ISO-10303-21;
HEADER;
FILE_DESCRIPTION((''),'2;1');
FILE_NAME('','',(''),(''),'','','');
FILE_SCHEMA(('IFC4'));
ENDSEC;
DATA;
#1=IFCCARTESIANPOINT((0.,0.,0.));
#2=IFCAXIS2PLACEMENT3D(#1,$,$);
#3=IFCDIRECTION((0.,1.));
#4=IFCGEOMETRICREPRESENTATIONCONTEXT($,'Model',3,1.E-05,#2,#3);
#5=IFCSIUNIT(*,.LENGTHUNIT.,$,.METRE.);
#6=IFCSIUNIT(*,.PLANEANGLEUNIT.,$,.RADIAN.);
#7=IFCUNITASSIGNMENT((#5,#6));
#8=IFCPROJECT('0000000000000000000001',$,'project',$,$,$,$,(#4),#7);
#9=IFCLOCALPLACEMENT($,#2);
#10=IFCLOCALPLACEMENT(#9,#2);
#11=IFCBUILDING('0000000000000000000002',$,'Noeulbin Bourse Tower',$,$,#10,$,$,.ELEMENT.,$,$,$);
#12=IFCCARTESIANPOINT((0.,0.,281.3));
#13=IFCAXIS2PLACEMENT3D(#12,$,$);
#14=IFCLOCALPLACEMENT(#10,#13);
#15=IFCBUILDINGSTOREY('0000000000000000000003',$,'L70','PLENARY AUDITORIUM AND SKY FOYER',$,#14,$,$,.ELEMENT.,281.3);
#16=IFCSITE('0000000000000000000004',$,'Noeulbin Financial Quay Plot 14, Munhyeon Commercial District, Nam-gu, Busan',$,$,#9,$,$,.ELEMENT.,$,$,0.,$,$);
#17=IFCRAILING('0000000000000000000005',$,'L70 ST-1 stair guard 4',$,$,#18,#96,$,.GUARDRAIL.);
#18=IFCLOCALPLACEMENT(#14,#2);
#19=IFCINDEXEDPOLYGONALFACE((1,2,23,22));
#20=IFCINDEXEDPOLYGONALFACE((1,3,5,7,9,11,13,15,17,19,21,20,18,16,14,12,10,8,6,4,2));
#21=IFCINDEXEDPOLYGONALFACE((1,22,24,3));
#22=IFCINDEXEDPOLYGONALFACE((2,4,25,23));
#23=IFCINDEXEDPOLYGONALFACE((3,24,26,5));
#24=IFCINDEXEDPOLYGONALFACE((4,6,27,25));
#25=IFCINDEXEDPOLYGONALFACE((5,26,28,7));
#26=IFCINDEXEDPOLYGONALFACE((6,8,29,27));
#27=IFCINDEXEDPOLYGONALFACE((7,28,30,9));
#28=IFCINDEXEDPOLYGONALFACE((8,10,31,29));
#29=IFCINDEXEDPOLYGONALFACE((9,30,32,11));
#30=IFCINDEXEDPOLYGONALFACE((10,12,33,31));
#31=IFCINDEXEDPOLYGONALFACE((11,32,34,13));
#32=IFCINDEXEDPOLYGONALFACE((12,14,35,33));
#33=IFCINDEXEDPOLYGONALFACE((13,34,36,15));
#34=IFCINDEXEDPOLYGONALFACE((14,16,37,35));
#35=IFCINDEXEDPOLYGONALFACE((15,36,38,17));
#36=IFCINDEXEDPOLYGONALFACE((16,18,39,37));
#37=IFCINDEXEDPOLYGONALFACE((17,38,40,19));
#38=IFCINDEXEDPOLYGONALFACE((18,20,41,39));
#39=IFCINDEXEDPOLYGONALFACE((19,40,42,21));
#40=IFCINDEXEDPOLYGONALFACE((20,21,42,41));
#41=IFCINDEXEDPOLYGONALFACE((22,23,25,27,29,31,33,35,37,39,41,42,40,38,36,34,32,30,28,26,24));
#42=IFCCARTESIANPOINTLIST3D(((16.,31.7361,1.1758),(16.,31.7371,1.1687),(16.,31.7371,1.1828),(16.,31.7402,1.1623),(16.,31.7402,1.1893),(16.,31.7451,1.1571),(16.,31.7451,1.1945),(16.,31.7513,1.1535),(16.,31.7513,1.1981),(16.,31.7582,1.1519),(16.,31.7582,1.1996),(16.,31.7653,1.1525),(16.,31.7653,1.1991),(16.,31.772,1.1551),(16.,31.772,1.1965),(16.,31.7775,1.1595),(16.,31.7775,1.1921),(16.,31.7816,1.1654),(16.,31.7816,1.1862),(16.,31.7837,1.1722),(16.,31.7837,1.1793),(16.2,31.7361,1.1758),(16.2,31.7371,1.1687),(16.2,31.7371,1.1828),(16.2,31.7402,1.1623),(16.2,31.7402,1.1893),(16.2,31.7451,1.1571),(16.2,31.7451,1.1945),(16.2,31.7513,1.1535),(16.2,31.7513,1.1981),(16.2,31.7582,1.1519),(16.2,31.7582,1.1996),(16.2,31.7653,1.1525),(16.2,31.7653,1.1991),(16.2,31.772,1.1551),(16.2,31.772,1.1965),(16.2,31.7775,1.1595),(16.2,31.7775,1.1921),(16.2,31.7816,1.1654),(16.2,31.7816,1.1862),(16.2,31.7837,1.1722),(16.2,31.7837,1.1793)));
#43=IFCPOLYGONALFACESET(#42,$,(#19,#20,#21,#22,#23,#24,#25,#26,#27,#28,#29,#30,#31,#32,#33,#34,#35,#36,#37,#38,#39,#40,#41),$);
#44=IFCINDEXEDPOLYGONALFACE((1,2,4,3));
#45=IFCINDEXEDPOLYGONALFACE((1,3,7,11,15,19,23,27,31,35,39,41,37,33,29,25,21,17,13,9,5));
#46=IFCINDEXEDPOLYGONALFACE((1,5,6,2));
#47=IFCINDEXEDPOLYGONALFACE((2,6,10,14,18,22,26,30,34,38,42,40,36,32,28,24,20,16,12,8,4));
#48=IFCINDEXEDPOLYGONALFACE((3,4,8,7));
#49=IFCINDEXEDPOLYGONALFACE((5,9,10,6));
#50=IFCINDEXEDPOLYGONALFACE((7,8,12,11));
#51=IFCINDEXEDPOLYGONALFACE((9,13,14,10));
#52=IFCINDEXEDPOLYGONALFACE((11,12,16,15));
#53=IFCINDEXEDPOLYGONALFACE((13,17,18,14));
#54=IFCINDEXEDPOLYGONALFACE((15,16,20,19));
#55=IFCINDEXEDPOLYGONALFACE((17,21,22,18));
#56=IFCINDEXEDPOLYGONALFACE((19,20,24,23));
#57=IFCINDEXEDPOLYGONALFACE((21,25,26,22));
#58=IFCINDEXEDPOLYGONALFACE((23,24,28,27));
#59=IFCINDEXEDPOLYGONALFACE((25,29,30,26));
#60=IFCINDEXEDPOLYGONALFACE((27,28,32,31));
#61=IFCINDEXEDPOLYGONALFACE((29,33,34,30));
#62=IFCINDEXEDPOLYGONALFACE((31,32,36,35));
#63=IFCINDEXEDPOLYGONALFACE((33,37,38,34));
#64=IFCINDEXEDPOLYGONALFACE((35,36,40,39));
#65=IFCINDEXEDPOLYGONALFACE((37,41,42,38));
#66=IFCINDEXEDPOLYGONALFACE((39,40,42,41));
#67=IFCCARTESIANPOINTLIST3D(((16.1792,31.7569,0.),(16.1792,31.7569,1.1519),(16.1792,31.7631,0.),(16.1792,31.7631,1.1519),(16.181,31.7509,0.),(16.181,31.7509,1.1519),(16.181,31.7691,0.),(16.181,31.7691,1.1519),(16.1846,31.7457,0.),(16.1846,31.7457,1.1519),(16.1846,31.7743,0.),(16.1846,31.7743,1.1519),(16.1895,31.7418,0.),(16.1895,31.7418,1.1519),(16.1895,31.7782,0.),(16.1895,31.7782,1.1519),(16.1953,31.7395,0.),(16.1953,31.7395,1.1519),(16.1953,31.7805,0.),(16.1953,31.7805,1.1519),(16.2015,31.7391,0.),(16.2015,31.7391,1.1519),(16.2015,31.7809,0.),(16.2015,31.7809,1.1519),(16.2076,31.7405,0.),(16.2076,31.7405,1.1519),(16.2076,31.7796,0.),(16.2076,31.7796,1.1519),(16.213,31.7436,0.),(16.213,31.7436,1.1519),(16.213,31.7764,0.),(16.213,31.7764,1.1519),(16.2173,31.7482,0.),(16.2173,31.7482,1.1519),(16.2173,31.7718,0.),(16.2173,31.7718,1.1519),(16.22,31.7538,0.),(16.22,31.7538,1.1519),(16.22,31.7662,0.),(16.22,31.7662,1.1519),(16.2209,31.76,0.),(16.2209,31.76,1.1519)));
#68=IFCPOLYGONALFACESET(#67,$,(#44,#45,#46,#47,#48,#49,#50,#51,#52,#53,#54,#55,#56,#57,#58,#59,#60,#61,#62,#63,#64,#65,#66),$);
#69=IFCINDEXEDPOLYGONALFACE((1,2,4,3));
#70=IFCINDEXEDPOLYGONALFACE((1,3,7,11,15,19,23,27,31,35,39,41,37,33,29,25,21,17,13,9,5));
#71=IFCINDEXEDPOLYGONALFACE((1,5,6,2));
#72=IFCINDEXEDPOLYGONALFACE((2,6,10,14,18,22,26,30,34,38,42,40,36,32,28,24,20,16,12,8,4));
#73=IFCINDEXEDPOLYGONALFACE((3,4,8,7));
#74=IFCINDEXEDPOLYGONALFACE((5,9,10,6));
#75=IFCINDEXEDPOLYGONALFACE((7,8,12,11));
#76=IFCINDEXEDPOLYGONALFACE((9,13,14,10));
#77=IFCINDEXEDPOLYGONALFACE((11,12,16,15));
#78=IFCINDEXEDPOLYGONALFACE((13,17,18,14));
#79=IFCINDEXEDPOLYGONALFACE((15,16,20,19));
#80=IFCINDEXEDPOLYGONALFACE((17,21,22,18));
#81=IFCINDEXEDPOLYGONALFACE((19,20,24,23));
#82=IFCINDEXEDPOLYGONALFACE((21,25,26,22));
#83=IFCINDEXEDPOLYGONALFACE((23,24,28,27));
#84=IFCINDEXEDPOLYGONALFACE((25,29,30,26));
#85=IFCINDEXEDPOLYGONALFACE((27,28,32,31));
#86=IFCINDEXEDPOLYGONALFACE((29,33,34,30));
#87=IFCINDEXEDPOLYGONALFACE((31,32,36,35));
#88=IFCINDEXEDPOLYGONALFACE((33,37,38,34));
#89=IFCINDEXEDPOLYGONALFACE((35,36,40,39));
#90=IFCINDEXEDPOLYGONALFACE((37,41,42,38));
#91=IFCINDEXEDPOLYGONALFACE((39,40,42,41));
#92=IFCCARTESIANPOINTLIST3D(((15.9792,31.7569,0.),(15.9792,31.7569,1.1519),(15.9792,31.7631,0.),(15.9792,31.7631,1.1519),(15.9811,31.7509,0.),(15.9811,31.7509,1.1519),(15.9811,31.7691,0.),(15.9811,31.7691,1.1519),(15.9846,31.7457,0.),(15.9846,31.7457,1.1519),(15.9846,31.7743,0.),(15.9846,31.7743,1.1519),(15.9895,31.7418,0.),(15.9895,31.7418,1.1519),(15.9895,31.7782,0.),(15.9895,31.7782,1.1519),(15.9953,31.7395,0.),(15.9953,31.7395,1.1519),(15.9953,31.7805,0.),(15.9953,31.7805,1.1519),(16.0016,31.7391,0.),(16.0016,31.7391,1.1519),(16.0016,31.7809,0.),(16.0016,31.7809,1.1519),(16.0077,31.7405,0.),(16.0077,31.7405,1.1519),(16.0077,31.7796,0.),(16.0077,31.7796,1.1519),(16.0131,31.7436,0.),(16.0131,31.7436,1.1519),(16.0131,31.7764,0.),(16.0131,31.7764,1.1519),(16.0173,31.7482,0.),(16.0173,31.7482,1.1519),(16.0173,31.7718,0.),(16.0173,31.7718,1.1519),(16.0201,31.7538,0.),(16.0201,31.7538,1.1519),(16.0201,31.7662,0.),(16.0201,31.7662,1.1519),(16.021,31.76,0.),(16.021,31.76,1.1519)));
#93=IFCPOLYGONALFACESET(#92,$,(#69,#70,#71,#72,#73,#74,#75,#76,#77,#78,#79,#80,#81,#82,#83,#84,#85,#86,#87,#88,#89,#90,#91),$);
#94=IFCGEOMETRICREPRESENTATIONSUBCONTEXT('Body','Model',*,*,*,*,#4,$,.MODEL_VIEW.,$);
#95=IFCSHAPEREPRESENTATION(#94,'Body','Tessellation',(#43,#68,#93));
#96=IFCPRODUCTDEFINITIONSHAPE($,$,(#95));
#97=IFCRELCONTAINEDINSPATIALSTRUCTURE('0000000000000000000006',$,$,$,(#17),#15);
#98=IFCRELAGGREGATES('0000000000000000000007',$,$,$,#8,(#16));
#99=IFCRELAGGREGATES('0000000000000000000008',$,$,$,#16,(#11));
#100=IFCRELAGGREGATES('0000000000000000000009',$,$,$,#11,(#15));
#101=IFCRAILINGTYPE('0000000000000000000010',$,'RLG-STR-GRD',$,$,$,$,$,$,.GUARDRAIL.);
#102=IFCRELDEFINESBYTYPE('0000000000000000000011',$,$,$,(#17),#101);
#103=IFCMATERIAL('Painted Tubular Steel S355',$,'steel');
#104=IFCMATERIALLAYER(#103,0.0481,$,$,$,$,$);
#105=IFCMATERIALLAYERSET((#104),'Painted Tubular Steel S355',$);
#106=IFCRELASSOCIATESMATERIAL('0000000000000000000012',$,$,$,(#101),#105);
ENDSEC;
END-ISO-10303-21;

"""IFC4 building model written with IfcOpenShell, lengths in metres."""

from ifc_helpers import new_model, si_unit, direction, frame, origin, origin_2d, place, context, subcontext, project, spatial, circle, extrude, material, layer, layer_set, type_object, element, save


model = new_model("IFC4")

# Units and contexts
model_context = context("Model", 3, precision=1e-05, world=origin(), true_north=direction((0.0, 1.0)))
body_context = subcontext(model_context, "Body", "Model", "MODEL_VIEW")
ifc_project = project(units=[si_unit("LENGTHUNIT", "METRE"), si_unit("PLANEANGLEUNIT", "RADIAN")], contexts=[model_context])

# Site, building, storey
site_placement = place(None, origin())
site = spatial("IfcSite", under=ifc_project, at=site_placement, Name="Noeulbin Financial Quay Plot 14, Munhyeon Commercial District, Nam-gu, Busan", CompositionType="ELEMENT", RefElevation=0.0)
building_placement = place(site_placement, origin())
building = spatial("IfcBuilding", under=site, at=building_placement, Name="Noeulbin Bourse Tower", CompositionType="ELEMENT")
storey_placement = place(building_placement, frame((0.0, 0.0, 281.3)))
storey = spatial("IfcBuildingStorey", under=building, at=storey_placement, Name="L70", Description="PLENARY AUDITORIUM AND SKY FOYER", CompositionType="ELEMENT", Elevation=281.3)

# Railing
ifc_material_1 = material(Name="Painted Tubular Steel S355", Category="steel")
ifc_layer_1 = layer(ifc_material_1, 0.0481)
ifc_layer_set_1 = layer_set([ifc_layer_1], Name="Painted Tubular Steel S355")
railing_type_1 = type_object("IfcRailingType", Name="RLG-STR-GRD", PredefinedType="GUARDRAIL", material=ifc_layer_set_1)
railing_1_placement = place(storey_placement, frame((16.2, 31.76, 0.0)))
element("IfcRailing", 1, at=railing_1_placement, inside=storey, type_object=railing_type_1, Name="L70 ST-1 stair guard 4", PredefinedType="GUARDRAIL", context=body_context, shape_type="SweptSolid", body=[
    extrude(circle(Radius=0.0239, at=origin_2d()), frame((0.0, 0.0, 1.1758), z_axis=(-1.0, 0.0, 0.0), x_axis=(0.0, -1.0, 0.0)), (0.0, 0.0, 1.0), 0.2),
    extrude(circle(Radius=0.021, at=origin_2d()), origin(), (0.0, 0.0, 1.0), 1.1519),
    extrude(circle(Radius=0.021, at=origin_2d()), frame((-0.2, 0.0, 0.0)), (0.0, 0.0, 1.0), 1.1519),
])

save(model, "model.ifc")
